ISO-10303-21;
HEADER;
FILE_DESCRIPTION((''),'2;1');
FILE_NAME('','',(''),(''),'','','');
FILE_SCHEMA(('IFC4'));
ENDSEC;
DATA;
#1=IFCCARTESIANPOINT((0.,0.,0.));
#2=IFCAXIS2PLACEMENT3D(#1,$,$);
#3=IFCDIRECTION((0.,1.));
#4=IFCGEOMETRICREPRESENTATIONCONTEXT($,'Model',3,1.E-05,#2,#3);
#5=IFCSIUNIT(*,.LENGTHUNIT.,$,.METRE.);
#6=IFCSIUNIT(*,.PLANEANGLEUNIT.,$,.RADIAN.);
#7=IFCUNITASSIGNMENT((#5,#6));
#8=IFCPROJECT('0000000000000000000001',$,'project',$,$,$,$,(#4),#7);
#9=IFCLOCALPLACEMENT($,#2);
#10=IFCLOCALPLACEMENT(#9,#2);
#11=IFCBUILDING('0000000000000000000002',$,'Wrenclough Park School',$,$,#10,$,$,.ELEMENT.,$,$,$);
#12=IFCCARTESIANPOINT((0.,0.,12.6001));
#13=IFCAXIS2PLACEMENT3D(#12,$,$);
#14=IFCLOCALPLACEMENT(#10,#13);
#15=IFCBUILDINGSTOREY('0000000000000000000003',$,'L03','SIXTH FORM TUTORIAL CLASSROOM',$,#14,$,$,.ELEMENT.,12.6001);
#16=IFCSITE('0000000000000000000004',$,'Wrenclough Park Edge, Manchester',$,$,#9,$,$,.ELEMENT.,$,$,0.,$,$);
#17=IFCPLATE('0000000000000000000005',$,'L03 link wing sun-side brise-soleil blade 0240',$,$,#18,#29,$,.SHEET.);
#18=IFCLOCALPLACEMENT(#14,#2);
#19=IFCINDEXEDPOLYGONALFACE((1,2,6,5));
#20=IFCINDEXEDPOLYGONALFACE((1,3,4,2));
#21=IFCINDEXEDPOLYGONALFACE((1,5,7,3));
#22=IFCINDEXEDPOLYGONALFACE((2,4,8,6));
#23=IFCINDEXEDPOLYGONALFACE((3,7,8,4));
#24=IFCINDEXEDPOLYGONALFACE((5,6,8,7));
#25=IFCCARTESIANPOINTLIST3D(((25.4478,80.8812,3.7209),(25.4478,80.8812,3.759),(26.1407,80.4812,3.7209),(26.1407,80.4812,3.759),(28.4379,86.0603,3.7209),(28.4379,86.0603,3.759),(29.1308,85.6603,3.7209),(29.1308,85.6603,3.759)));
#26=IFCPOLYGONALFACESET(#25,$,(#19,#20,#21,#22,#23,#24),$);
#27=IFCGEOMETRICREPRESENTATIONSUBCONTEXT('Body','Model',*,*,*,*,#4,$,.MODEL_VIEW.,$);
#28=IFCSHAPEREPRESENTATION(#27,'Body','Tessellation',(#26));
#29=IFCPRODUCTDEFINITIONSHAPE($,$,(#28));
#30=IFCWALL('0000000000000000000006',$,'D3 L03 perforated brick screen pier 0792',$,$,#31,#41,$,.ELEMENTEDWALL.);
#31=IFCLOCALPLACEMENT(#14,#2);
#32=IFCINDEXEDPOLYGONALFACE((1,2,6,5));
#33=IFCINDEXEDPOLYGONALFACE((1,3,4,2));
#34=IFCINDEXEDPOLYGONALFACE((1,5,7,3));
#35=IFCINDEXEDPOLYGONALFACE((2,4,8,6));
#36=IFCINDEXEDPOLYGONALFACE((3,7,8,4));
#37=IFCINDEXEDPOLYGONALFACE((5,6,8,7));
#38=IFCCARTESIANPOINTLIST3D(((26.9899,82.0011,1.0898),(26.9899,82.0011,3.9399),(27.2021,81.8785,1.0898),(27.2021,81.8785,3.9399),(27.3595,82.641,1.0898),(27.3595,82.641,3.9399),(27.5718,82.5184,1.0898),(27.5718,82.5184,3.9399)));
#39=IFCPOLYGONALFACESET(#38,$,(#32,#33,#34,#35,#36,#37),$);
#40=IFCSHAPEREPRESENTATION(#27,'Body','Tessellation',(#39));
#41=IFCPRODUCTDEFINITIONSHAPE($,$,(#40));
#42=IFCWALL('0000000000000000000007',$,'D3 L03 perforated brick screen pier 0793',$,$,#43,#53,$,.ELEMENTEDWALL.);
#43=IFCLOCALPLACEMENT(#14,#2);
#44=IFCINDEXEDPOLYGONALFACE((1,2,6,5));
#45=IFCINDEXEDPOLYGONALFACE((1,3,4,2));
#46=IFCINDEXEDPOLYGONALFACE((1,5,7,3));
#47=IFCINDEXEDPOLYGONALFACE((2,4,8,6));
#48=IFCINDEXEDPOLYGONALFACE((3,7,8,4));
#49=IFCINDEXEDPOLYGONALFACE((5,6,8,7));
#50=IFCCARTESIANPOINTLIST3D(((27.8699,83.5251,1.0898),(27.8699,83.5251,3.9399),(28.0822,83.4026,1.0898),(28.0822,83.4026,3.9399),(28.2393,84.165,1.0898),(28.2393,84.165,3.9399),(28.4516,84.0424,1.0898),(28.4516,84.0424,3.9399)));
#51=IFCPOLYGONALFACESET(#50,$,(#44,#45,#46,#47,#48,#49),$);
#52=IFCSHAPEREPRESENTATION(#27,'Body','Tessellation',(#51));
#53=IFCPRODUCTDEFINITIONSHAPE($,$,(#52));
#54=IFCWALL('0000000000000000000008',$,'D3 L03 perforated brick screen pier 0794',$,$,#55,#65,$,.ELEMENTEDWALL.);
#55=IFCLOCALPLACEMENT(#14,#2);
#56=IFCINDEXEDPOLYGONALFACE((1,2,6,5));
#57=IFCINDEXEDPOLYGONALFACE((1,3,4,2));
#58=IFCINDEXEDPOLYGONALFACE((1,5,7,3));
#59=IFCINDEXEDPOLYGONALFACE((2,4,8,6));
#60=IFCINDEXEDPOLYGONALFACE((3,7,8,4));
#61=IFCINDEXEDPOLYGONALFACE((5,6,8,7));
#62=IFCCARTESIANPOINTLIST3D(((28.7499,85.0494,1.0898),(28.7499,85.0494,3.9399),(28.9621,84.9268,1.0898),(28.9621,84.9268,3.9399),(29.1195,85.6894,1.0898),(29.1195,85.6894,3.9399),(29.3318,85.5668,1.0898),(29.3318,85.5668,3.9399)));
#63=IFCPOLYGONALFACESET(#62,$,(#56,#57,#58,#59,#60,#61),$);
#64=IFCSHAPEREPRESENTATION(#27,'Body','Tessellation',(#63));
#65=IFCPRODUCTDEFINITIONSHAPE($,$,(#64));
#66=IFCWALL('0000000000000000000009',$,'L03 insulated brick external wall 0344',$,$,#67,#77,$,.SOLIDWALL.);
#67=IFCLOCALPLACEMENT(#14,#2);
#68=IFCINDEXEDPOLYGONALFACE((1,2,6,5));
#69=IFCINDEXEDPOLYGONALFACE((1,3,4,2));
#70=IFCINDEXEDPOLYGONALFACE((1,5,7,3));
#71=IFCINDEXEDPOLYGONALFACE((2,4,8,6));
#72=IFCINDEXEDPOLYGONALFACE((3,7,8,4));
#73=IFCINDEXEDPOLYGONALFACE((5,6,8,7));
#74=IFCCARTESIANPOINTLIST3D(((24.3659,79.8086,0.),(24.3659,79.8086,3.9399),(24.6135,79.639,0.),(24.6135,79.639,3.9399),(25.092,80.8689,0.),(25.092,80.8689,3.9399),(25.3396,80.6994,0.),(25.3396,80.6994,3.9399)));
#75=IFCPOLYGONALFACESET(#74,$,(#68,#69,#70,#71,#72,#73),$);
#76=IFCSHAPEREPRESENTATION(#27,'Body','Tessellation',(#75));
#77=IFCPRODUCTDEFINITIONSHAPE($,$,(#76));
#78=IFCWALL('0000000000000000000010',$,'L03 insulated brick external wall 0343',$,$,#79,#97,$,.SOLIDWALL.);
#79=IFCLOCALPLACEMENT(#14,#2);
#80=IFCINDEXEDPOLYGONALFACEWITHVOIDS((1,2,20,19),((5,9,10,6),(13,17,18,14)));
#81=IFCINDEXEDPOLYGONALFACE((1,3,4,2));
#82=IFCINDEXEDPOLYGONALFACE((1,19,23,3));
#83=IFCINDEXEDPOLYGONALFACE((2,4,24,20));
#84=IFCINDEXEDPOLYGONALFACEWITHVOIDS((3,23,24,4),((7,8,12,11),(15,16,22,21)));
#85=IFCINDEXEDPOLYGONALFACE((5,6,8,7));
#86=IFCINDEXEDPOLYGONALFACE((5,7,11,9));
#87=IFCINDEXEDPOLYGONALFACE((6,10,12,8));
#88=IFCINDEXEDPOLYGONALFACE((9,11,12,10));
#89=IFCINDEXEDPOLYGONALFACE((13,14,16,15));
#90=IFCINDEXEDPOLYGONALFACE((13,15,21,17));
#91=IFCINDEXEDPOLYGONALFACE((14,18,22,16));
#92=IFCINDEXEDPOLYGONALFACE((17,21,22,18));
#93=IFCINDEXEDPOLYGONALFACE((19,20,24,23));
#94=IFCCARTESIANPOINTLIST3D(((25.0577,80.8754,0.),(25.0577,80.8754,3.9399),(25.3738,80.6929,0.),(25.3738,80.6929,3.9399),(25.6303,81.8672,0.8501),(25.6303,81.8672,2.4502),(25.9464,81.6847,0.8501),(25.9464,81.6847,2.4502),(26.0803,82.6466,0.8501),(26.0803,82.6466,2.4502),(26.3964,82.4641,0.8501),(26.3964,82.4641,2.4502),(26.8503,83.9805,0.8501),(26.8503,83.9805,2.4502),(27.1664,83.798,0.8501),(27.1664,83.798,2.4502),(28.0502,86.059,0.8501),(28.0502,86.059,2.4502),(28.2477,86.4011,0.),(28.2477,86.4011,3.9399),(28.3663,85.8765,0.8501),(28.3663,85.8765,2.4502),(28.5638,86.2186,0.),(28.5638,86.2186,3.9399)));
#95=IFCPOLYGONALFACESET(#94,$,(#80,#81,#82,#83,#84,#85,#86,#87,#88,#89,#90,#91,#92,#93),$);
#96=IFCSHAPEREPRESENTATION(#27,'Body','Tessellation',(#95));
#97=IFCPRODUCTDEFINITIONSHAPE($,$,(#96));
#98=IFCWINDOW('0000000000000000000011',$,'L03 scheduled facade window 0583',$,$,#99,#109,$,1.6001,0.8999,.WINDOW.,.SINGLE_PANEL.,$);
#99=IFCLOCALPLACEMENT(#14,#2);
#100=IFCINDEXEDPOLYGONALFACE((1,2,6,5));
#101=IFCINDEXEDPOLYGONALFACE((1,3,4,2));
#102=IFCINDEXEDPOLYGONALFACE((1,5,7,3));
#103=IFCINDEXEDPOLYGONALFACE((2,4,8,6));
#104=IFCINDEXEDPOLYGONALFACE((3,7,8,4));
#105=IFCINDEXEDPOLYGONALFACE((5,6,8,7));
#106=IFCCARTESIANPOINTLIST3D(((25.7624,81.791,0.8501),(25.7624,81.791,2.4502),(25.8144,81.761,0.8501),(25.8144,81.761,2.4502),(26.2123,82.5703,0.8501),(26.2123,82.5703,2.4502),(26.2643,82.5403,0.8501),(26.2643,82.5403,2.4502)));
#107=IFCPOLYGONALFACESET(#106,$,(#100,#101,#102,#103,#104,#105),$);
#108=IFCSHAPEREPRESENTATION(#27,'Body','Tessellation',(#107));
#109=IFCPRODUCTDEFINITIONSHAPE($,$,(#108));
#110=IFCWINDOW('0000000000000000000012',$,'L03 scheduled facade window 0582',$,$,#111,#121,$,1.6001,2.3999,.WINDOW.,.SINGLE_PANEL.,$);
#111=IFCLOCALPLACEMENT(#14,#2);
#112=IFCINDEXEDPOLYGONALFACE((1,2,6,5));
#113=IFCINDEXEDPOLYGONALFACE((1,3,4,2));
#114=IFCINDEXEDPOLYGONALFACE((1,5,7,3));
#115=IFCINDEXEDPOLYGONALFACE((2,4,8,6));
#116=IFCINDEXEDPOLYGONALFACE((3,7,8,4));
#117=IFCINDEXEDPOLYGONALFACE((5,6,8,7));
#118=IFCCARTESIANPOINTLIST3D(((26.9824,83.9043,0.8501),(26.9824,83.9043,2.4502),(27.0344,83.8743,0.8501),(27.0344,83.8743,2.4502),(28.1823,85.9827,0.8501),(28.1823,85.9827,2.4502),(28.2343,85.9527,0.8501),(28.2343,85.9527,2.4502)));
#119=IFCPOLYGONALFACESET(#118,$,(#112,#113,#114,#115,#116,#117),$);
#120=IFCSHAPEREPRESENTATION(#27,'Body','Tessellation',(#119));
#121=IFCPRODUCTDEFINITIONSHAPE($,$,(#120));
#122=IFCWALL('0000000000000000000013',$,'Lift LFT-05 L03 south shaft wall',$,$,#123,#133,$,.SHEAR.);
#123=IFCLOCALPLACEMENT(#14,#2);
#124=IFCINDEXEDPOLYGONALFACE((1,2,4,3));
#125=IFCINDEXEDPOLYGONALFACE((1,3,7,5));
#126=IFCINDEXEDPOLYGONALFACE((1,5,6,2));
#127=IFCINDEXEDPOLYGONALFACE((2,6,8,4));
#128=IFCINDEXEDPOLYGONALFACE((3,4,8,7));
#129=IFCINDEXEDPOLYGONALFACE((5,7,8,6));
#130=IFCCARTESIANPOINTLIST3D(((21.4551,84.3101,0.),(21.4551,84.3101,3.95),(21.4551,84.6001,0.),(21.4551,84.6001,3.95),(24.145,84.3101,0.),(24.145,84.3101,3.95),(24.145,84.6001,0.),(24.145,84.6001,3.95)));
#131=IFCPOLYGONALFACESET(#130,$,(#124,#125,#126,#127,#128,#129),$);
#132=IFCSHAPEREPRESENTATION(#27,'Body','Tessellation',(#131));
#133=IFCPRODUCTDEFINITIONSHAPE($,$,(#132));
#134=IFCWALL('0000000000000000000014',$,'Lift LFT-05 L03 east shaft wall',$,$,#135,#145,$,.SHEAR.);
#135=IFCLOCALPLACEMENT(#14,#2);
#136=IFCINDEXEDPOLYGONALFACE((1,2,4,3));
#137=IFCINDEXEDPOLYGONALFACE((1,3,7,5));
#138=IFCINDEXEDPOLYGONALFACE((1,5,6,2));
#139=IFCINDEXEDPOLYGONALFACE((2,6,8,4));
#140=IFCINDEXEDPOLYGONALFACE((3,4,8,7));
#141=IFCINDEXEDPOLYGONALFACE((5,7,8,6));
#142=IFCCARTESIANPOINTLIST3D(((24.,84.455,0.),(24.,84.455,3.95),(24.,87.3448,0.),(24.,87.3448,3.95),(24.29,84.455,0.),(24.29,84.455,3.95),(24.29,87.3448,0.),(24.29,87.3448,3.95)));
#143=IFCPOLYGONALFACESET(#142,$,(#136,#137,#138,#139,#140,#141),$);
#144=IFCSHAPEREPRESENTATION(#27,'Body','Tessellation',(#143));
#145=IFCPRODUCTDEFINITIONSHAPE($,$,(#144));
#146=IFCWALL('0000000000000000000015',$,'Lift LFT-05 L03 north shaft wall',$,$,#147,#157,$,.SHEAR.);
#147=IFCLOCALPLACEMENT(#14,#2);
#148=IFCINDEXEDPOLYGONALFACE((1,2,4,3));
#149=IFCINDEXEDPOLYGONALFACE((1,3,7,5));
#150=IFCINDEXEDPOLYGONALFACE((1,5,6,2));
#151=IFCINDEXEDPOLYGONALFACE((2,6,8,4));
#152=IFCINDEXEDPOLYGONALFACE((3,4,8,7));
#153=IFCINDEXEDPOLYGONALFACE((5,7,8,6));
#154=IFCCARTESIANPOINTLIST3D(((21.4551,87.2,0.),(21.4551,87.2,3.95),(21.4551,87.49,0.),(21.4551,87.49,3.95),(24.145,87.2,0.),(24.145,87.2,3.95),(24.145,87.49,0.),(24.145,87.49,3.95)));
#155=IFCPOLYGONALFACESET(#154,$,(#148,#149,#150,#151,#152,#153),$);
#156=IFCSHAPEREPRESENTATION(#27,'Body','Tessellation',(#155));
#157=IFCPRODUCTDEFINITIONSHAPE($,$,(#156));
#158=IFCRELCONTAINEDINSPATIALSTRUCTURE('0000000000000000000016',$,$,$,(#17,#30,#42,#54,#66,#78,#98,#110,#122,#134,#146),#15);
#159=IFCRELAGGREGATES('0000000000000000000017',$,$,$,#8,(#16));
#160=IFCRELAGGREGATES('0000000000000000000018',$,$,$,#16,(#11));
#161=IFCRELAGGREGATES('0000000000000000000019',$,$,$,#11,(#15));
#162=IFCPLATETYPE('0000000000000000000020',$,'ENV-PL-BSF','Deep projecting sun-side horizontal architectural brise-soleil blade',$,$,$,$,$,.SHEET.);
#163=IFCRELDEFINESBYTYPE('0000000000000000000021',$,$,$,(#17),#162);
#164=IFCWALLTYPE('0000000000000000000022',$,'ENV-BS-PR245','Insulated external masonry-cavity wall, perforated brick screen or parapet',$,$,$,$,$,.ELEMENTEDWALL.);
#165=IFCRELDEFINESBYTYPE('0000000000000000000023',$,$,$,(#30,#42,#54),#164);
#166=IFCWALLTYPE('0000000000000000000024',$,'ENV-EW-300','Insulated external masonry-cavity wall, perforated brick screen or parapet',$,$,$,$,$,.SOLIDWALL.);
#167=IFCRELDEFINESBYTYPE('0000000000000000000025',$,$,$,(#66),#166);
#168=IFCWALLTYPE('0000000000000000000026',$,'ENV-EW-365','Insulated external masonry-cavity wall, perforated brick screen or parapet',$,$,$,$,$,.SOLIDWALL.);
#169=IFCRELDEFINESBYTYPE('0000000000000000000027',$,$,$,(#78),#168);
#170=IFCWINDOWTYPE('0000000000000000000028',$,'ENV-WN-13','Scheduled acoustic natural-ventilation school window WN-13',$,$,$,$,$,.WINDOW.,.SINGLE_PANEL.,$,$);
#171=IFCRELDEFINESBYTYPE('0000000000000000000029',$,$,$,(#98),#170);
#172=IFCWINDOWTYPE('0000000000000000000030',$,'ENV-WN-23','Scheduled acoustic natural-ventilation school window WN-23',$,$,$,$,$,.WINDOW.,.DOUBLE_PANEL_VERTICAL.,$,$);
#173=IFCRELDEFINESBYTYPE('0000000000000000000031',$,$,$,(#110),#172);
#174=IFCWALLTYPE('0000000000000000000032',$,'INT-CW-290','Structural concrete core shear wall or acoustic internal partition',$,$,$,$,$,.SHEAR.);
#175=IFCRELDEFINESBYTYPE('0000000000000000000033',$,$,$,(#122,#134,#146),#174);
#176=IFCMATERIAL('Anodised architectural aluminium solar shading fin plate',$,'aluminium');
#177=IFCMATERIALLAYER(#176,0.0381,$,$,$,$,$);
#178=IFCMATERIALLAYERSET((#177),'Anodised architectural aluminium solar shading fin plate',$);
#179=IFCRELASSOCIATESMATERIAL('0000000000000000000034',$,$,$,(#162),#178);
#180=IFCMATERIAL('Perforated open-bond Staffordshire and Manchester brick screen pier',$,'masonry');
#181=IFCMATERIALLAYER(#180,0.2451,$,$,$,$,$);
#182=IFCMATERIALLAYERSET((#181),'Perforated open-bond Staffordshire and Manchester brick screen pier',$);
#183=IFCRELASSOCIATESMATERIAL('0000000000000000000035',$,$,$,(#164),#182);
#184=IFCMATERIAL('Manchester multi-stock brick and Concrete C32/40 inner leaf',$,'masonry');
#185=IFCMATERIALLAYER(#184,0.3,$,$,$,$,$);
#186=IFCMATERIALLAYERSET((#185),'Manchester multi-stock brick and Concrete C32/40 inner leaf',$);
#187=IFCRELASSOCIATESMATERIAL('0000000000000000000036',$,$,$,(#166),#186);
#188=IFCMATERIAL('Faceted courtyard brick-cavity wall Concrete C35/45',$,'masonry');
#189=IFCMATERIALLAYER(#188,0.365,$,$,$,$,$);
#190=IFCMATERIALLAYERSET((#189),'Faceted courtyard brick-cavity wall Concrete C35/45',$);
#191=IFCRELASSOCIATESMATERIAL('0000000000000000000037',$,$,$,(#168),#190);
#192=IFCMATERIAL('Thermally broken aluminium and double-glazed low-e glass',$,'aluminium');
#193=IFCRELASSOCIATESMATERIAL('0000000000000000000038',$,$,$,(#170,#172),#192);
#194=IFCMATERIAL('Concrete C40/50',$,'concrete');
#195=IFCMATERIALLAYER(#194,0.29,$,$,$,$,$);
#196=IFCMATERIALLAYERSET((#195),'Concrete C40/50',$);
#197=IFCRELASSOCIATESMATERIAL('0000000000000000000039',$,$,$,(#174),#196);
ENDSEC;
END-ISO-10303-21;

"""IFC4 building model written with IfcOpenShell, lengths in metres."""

from ifc_helpers import new_model, si_unit, direction, frame, frame_2d, origin, origin_2d, place, context, subcontext, project, spatial, rectangle, extrude, material, layer, layer_set, type_object, element, fill, save


model = new_model("IFC4")

# Units and contexts
model_context = context("Model", 3, precision=1e-05, world=origin(), true_north=direction((0.0, 1.0)))
body_context = subcontext(model_context, "Body", "Model", "MODEL_VIEW")
ifc_project = project(units=[si_unit("LENGTHUNIT", "METRE"), si_unit("PLANEANGLEUNIT", "RADIAN")], contexts=[model_context])

# Site, building, storey
site_placement = place(None, origin())
site = spatial("IfcSite", under=ifc_project, at=site_placement, Name="Wrenclough Park Edge, Manchester", CompositionType="ELEMENT", RefElevation=0.0)
building_placement = place(site_placement, origin())
building = spatial("IfcBuilding", under=site, at=building_placement, Name="Wrenclough Park School", CompositionType="ELEMENT")
storey_placement = place(building_placement, frame((0.0, 0.0, 12.6001)))
storey = spatial("IfcBuildingStorey", under=building, at=storey_placement, Name="L03", Description="SIXTH FORM TUTORIAL CLASSROOM", CompositionType="ELEMENT", Elevation=12.6001)

# Plate
ifc_material_1 = material(Name="Anodised architectural aluminium solar shading fin plate", Category="aluminium")
ifc_layer_1 = layer(ifc_material_1, 0.0381)
ifc_layer_set_1 = layer_set([ifc_layer_1], Name="Anodised architectural aluminium solar shading fin plate")
plate_type = type_object("IfcPlateType", Name="ENV-PL-BSF", Description="Deep projecting sun-side horizontal architectural brise-soleil blade", PredefinedType="SHEET", material=ifc_layer_set_1)
plate_1_placement = place(storey_placement, frame((27.2893, 83.2708, 3.7209), z_axis=(0.0, 0.0, 1.0), x_axis=(-0.499994, -0.866029, 0.0)))
element("IfcPlate", 1, at=plate_1_placement, inside=storey, type_object=plate_type, Name="L03 link wing sun-side brise-soleil blade 0240", PredefinedType="SHEET", context=body_context, shape_type="SweptSolid", body=[
    extrude(rectangle(XDim=5.9802, YDim=0.8, at=origin_2d()), origin(), (0.0, 0.0, 1.0), 0.0381),
])

# Walls
ifc_material_2 = material(Name="Perforated open-bond Staffordshire and Manchester brick screen pier", Category="masonry")
ifc_layer_2 = layer(ifc_material_2, 0.2451)
ifc_layer_set_2 = layer_set([ifc_layer_2], Name="Perforated open-bond Staffordshire and Manchester brick screen pier")
wall_type_1 = type_object("IfcWallType", Name="ENV-BS-PR245", Description="Insulated external masonry-cavity wall, perforated brick screen or parapet", PredefinedType="ELEMENTEDWALL", material=ifc_layer_set_2)
wall_1_placement = place(storey_placement, frame((27.0959, 81.9397, 1.0898), z_axis=(0.0, 0.0, 1.0), x_axis=(0.50019, 0.865916, 0.0)))
element("IfcWall", 2, at=wall_1_placement, inside=storey, type_object=wall_type_1, Name="D3 L03 perforated brick screen pier 0792", PredefinedType="ELEMENTEDWALL", context=body_context, shape_type="SweptSolid", body=[
    extrude(rectangle(XDim=0.739, YDim=0.2451, at=frame_2d((0.3696, 0.0))), origin(), (0.0, 0.0, 1.0), 2.8501),
])
wall_2_placement = place(storey_placement, frame((27.9761, 83.4639, 1.0898), z_axis=(0.0, 0.0, 1.0), x_axis=(0.499942, 0.866059, 0.0)))
element("IfcWall", 3, at=wall_2_placement, inside=storey, type_object=wall_type_1, Name="D3 L03 perforated brick screen pier 0793", PredefinedType="ELEMENTEDWALL", context=body_context, shape_type="SweptSolid", body=[
    extrude(rectangle(XDim=0.7388, YDim=0.2451, at=frame_2d((0.3694, 0.0))), origin(), (0.0, 0.0, 1.0), 2.8501),
])
wall_3_placement = place(storey_placement, frame((28.856, 84.988, 1.0898), z_axis=(0.0, 0.0, 1.0), x_axis=(0.50019, 0.865916, 0.0)))
element("IfcWall", 4, at=wall_3_placement, inside=storey, type_object=wall_type_1, Name="D3 L03 perforated brick screen pier 0794", PredefinedType="ELEMENTEDWALL", context=body_context, shape_type="SweptSolid", body=[
    extrude(rectangle(XDim=0.739, YDim=0.2451, at=frame_2d((0.3696, 0.0))), origin(), (0.0, 0.0, 1.0), 2.8501),
])
ifc_material_3 = material(Name="Manchester multi-stock brick and Concrete C32/40 inner leaf", Category="masonry")
ifc_layer_3 = layer(ifc_material_3, 0.3)
ifc_layer_set_3 = layer_set([ifc_layer_3], Name="Manchester multi-stock brick and Concrete C32/40 inner leaf")
wall_type_2 = type_object("IfcWallType", Name="ENV-EW-300", Description="Insulated external masonry-cavity wall, perforated brick screen or parapet", PredefinedType="SOLIDWALL", material=ifc_layer_set_3)
wall_4_placement = place(storey_placement, frame((25.2158, 80.7842, 0.0), z_axis=(0.0, 0.0, 1.0), x_axis=(-0.565004, -0.825088, 0.0)))
element("IfcWall", 5, at=wall_4_placement, inside=storey, type_object=wall_type_2, Name="L03 insulated brick external wall 0344", PredefinedType="SOLIDWALL", context=body_context, shape_type="SweptSolid", body=[
    extrude(rectangle(XDim=1.2852, YDim=0.3, at=frame_2d((0.6426, 0.0))), origin(), (0.0, 0.0, 1.0), 3.9399),
])

# Wall, openings, windows
ifc_material_4 = material(Name="Faceted courtyard brick-cavity wall Concrete C35/45", Category="masonry")
ifc_layer_4 = layer(ifc_material_4, 0.365)
ifc_layer_set_4 = layer_set([ifc_layer_4], Name="Faceted courtyard brick-cavity wall Concrete C35/45")
wall_type_3 = type_object("IfcWallType", Name="ENV-EW-365", Description="Insulated external masonry-cavity wall, perforated brick screen or parapet", PredefinedType="SOLIDWALL", material=ifc_layer_set_4)
wall_5_placement = place(storey_placement, frame((28.4058, 86.3098, 0.0), z_axis=(0.0, 0.0, 1.0), x_axis=(-0.499966, -0.866045, 0.0)))
wall_5 = element("IfcWall", 6, at=wall_5_placement, inside=storey, type_object=wall_type_3, Name="L03 insulated brick external wall 0343", PredefinedType="SOLIDWALL", context=body_context, shape_type="SweptSolid", body=[
    extrude(rectangle(XDim=6.3804, YDim=0.365, at=frame_2d((3.1902, 0.0))), origin(), (0.0, 0.0, 1.0), 3.9399),
])
opening_1_placement = place(wall_5_placement, frame((0.395, 0.0, 0.8501)))
opening_1 = element("IfcOpeningElement", 7, at=opening_1_placement, cuts=wall_5, PredefinedType="OPENING", context=body_context, shape_type="SweptSolid", body=[
    extrude(rectangle(XDim=2.3999, YDim=1.6001, at=frame_2d((1.2, 0.8))), frame((0.0, 0.1924, 0.0), z_axis=(0.0, -1.0, 0.0), x_axis=(1.0, 0.0, 0.0)), (0.0, 0.0, 1.0), 0.385),
])
opening_2_placement = place(wall_5_placement, frame((4.3352, 0.0, 0.8501)))
opening_2 = element("IfcOpeningElement", 8, at=opening_2_placement, cuts=wall_5, PredefinedType="OPENING", context=body_context, shape_type="SweptSolid", body=[
    extrude(rectangle(XDim=0.8999, YDim=1.6001, at=frame_2d((0.45, 0.8))), frame((0.0, 0.1924, 0.0), z_axis=(0.0, -1.0, 0.0), x_axis=(1.0, 0.0, 0.0)), (0.0, 0.0, 1.0), 0.385),
])
ifc_material_5 = material(Name="Thermally broken aluminium and double-glazed low-e glass", Category="aluminium")
window_type_1 = type_object("IfcWindowType", Name="ENV-WN-13", Description="Scheduled acoustic natural-ventilation school window WN-13", PartitioningType="SINGLE_PANEL", PredefinedType="WINDOW", material=ifc_material_5)
window_1_placement = place(opening_2_placement, origin())
window_1 = element("IfcWindow", 9, at=window_1_placement, inside=storey, type_object=window_type_1, Name="L03 scheduled facade window 0583", OverallHeight=1.6001, OverallWidth=0.8999, PartitioningType="SINGLE_PANEL", PredefinedType="WINDOW", context=body_context, shape_type="SweptSolid", body=[
    extrude(rectangle(XDim=0.8999, YDim=1.6001, at=frame_2d((0.45, 0.8))), frame((0.0, 0.03, 0.0), z_axis=(0.0, -1.0, 0.0), x_axis=(1.0, 0.0, 0.0)), (0.0, 0.0, 1.0), 0.0601),
])
fill(opening_2, window_1)
window_type_2 = type_object("IfcWindowType", Name="ENV-WN-23", Description="Scheduled acoustic natural-ventilation school window WN-23", PartitioningType="DOUBLE_PANEL_VERTICAL", PredefinedType="WINDOW", material=ifc_material_5)
window_2_placement = place(opening_1_placement, origin())
window_2 = element("IfcWindow", 10, at=window_2_placement, inside=storey, type_object=window_type_2, Name="L03 scheduled facade window 0582", OverallHeight=1.6001, OverallWidth=2.3999, PartitioningType="SINGLE_PANEL", PredefinedType="WINDOW", context=body_context, shape_type="SweptSolid", body=[
    extrude(rectangle(XDim=2.3999, YDim=1.6001, at=frame_2d((1.2, 0.8))), frame((0.0, 0.03, 0.0), z_axis=(0.0, -1.0, 0.0), x_axis=(1.0, 0.0, 0.0)), (0.0, 0.0, 1.0), 0.0601),
])
fill(opening_1, window_2)

# Walls
ifc_material_6 = material(Name="Concrete C40/50", Category="concrete")
ifc_layer_5 = layer(ifc_material_6, 0.29)
ifc_layer_set_5 = layer_set([ifc_layer_5], Name="Concrete C40/50")
wall_type_4 = type_object("IfcWallType", Name="INT-CW-290", Description="Structural concrete core shear wall or acoustic internal partition", PredefinedType="SHEAR", material=ifc_layer_set_5)
wall_6_placement = place(storey_placement, frame((21.4551, 84.4551, 0.0), z_axis=(0.0, 0.0, 1.0), x_axis=(1.0, 0.0, 0.0)))
element("IfcWall", 11, at=wall_6_placement, inside=storey, type_object=wall_type_4, Name="Lift LFT-05 L03 south shaft wall", PredefinedType="SHEAR", context=body_context, shape_type="SweptSolid", body=[
    extrude(rectangle(XDim=2.6899, YDim=0.29, at=frame_2d((1.345, 0.0))), origin(), (0.0, 0.0, 1.0), 3.95),
])
wall_7_placement = place(storey_placement, frame((24.145, 84.4551, 0.0), z_axis=(0.0, 0.0, 1.0), x_axis=(0.0, 1.0, 0.0)))
element("IfcWall", 12, at=wall_7_placement, inside=storey, type_object=wall_type_4, Name="Lift LFT-05 L03 east shaft wall", PredefinedType="SHEAR", context=body_context, shape_type="SweptSolid", body=[
    extrude(rectangle(XDim=2.8899, YDim=0.29, at=frame_2d((1.4448, 0.0))), origin(), (0.0, 0.0, 1.0), 3.95),
])
wall_8_placement = place(storey_placement, frame((24.145, 87.345, 0.0), z_axis=(0.0, 0.0, 1.0), x_axis=(-1.0, 0.0, 0.0)))
element("IfcWall", 13, at=wall_8_placement, inside=storey, type_object=wall_type_4, Name="Lift LFT-05 L03 north shaft wall", PredefinedType="SHEAR", context=body_context, shape_type="SweptSolid", body=[
    extrude(rectangle(XDim=2.6899, YDim=0.29, at=frame_2d((1.345, 0.0))), origin(), (0.0, 0.0, 1.0), 3.95),
])

save(model, "model.ifc")
